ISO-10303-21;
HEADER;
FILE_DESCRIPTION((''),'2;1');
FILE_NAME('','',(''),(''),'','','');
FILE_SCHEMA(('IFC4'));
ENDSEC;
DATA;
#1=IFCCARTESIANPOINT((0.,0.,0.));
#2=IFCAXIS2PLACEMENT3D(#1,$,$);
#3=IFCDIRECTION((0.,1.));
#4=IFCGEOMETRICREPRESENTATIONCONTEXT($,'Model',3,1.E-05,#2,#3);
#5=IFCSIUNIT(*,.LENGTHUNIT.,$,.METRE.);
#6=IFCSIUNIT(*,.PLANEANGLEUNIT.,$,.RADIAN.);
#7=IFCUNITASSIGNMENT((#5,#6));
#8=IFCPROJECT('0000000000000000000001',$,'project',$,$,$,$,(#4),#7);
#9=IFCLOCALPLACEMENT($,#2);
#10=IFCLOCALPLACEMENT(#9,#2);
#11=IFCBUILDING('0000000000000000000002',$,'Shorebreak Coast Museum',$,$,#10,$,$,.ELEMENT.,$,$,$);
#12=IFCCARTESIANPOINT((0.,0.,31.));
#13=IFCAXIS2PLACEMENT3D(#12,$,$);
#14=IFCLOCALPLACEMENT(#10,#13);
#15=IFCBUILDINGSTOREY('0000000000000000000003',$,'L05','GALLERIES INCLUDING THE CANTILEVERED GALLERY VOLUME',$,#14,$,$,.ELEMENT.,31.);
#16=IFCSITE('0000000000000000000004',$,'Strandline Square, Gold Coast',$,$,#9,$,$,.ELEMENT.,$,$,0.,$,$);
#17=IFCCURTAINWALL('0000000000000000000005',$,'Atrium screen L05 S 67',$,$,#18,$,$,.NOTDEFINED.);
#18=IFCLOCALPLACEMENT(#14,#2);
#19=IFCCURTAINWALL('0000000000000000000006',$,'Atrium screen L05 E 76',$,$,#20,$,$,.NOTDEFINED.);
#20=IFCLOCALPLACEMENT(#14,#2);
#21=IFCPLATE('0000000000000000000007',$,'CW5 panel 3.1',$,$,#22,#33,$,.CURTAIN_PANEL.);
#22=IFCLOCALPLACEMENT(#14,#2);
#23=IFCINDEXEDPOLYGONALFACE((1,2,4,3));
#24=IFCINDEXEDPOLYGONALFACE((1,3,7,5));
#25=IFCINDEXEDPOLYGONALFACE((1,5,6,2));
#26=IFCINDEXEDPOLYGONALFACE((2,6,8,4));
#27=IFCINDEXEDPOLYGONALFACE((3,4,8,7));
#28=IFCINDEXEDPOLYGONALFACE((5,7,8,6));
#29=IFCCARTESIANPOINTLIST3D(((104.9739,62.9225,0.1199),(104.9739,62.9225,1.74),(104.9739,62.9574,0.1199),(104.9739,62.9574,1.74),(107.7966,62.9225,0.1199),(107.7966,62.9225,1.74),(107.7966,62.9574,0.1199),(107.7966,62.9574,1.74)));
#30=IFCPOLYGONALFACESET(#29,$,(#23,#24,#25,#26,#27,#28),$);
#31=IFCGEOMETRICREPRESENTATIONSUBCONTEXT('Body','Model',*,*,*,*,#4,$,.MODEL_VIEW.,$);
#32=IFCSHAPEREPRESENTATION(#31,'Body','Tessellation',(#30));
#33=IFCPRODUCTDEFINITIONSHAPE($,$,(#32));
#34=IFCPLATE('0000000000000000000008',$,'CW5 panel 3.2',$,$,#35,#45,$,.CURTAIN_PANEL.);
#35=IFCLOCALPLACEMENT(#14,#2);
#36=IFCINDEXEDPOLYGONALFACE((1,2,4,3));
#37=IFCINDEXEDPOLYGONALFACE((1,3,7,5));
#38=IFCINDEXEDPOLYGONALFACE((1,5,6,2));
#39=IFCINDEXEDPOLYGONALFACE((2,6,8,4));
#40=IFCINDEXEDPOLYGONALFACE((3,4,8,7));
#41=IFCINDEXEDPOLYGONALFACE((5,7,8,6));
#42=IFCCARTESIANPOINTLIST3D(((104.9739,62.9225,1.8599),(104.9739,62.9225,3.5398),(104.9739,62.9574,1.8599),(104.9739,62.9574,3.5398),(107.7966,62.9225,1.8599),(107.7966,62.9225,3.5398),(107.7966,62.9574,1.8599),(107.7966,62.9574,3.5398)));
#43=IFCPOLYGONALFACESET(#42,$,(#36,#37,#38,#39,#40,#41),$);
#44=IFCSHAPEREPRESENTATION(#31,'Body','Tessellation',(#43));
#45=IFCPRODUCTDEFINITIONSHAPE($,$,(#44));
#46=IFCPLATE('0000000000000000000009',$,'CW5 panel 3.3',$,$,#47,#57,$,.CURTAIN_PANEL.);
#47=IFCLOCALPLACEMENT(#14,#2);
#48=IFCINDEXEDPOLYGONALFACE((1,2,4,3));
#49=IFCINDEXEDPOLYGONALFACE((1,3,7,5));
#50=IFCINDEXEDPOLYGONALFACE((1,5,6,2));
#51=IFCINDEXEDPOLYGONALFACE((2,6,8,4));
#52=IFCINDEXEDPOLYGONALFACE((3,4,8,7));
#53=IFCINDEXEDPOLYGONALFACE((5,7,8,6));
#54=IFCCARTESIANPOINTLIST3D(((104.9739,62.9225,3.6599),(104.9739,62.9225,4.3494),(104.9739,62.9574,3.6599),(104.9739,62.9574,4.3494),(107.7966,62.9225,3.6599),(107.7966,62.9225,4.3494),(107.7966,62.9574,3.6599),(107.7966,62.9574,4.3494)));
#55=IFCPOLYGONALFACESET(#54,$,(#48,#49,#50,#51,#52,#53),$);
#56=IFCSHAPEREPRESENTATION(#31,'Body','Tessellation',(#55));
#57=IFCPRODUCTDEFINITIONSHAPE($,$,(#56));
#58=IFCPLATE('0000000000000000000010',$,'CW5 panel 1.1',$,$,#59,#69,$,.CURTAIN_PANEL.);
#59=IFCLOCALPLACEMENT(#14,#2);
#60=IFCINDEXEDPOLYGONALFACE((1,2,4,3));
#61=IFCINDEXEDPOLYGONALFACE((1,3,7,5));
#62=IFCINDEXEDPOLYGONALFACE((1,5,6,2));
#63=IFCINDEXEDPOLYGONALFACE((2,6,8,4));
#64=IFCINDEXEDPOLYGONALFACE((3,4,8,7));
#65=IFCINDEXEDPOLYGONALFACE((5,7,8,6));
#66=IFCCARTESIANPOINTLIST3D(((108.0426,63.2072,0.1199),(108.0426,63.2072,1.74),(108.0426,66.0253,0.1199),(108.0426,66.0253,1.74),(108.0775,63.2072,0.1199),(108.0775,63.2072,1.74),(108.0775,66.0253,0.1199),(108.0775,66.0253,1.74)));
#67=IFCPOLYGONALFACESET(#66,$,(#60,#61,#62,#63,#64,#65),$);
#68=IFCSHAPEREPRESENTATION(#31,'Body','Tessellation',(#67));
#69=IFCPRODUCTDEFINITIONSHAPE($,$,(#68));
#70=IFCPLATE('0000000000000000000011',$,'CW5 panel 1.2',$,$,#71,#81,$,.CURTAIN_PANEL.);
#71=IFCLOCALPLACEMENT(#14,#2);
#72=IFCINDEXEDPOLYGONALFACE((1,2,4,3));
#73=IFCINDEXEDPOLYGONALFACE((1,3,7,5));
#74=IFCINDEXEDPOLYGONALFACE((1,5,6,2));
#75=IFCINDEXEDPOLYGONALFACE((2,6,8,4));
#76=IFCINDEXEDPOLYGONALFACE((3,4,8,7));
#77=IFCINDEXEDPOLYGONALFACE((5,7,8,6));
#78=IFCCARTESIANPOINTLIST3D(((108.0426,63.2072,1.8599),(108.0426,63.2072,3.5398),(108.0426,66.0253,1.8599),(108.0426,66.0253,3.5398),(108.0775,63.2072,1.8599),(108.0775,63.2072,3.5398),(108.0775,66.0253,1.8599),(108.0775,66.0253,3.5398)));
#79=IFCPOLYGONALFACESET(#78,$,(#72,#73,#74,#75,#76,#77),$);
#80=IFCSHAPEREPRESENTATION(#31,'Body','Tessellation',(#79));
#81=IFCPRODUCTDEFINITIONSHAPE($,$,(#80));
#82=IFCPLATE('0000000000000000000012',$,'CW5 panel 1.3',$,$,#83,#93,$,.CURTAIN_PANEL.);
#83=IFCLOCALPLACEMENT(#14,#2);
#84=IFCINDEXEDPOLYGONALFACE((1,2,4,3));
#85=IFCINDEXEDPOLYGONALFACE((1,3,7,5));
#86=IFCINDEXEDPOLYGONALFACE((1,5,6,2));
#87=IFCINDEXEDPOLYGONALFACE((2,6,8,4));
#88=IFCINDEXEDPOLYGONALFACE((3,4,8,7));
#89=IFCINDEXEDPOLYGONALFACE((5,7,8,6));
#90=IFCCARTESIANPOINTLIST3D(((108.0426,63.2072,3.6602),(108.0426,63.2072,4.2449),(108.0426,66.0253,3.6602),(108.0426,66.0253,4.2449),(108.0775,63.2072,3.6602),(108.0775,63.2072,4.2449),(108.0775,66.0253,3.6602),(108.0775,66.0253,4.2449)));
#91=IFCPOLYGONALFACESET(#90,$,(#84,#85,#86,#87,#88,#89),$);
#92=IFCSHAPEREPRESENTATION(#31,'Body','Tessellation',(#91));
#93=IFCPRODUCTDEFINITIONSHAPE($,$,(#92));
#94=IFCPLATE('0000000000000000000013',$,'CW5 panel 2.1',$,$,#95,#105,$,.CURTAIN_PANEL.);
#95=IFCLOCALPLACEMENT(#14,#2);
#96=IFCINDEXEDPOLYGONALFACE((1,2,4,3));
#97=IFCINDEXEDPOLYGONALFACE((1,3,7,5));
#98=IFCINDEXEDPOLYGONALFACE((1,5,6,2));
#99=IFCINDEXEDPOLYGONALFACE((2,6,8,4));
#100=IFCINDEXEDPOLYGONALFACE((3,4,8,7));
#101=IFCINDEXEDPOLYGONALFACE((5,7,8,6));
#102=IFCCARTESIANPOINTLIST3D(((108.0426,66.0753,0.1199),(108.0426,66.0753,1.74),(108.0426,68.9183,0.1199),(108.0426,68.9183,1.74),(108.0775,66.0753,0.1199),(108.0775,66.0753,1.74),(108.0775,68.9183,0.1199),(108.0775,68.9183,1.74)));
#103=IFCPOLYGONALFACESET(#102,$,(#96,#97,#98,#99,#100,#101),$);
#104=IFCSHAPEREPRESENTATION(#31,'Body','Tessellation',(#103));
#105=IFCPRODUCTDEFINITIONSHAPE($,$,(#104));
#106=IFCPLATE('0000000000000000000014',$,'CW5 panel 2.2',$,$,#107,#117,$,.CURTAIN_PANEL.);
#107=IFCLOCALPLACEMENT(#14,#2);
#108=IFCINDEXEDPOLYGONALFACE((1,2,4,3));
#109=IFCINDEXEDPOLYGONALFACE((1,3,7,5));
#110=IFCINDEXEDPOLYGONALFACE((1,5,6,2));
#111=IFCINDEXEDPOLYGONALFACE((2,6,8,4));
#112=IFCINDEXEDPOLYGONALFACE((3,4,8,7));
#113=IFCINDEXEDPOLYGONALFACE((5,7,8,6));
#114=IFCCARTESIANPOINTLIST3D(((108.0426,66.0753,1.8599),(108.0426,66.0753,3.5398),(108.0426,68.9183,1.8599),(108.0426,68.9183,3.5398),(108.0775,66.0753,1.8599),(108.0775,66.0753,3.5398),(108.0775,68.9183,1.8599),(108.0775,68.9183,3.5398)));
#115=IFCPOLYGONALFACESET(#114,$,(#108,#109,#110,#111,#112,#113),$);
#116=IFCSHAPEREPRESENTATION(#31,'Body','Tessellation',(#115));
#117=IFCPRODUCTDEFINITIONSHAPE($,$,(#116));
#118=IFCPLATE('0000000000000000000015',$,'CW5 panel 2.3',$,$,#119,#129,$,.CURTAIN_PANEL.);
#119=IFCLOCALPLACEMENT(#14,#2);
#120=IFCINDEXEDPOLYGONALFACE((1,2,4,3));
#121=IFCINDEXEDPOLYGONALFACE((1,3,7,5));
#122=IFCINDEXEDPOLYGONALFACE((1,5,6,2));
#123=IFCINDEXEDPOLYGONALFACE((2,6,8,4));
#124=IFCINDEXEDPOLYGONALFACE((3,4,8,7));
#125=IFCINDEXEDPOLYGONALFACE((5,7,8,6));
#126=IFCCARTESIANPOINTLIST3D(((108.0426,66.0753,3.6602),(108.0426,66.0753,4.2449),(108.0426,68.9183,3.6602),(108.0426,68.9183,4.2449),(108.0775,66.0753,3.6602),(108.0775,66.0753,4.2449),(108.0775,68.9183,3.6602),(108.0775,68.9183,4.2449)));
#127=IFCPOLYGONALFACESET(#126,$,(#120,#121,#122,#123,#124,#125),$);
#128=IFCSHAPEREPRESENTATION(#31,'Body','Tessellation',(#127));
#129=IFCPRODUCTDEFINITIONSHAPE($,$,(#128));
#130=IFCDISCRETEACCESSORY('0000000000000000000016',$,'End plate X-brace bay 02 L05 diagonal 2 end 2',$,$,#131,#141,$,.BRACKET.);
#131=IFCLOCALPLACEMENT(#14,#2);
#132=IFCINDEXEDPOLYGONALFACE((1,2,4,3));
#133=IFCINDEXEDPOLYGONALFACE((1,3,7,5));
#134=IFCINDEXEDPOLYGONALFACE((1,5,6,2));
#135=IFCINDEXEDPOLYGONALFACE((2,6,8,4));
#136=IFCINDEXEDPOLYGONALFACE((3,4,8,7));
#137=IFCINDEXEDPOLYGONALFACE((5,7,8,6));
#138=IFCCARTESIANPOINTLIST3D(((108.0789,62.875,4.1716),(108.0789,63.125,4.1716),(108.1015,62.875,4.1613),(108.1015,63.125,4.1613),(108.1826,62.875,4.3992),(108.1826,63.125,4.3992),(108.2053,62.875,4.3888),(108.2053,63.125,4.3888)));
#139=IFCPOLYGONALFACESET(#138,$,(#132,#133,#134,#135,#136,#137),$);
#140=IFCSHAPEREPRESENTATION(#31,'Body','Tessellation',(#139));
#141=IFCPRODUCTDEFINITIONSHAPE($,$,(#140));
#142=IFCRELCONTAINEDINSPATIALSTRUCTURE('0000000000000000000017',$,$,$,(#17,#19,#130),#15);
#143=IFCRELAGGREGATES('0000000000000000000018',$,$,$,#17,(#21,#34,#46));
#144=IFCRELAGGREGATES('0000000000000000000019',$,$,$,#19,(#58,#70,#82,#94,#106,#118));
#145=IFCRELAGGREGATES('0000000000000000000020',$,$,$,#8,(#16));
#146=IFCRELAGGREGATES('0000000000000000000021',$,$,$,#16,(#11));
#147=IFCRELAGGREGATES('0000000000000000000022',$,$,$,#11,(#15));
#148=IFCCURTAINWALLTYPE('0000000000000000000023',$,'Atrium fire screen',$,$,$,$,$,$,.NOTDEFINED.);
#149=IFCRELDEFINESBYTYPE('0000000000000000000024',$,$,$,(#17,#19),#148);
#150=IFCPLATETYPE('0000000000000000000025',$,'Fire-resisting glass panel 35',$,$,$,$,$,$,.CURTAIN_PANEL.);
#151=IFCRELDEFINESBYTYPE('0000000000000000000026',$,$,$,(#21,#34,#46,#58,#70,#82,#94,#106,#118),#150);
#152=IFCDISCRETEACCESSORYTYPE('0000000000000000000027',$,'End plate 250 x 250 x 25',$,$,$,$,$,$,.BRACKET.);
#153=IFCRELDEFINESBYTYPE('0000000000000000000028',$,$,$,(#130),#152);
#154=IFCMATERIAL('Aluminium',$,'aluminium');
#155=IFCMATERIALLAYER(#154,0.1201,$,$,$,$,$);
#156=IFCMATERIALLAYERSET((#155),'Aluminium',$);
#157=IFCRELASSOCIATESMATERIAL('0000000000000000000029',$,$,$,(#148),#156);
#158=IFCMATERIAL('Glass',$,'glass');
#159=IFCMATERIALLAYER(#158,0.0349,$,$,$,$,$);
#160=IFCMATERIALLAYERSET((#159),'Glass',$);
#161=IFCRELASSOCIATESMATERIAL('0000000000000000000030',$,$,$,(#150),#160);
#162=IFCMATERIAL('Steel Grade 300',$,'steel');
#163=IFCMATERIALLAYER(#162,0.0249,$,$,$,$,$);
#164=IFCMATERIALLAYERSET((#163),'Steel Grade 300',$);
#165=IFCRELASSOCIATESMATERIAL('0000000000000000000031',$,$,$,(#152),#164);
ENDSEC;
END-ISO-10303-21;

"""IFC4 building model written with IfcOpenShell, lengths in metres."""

from ifc_helpers import new_model, si_unit, direction, frame, origin, origin_2d, place, context, subcontext, project, spatial, polyline, rectangle, outline, extrude, material, layer, layer_set, type_object, element, aggregate, save


model = new_model("IFC4")

# Units and contexts
model_context = context("Model", 3, precision=1e-05, world=origin(), true_north=direction((0.0, 1.0)))
body_context = subcontext(model_context, "Body", "Model", "MODEL_VIEW")
ifc_project = project(units=[si_unit("LENGTHUNIT", "METRE"), si_unit("PLANEANGLEUNIT", "RADIAN")], contexts=[model_context])

# Site, building, storey
site_placement = place(None, origin())
site = spatial("IfcSite", under=ifc_project, at=site_placement, Name="Strandline Square, Gold Coast", CompositionType="ELEMENT", RefElevation=0.0)
building_placement = place(site_placement, origin())
building = spatial("IfcBuilding", under=site, at=building_placement, Name="Shorebreak Coast Museum", CompositionType="ELEMENT")
storey_placement = place(building_placement, frame((0.0, 0.0, 31.0)))
storey = spatial("IfcBuildingStorey", under=building, at=storey_placement, Name="L05", Description="GALLERIES INCLUDING THE CANTILEVERED GALLERY VOLUME", CompositionType="ELEMENT", Elevation=31.0)

# Curtain wall
ifc_material_1 = material(Name="Aluminium", Category="aluminium")
ifc_layer_1 = layer(ifc_material_1, 0.1201)
ifc_layer_set_1 = layer_set([ifc_layer_1], Name="Aluminium")
curtain_wall_type = type_object("IfcCurtainWallType", Name="Atrium fire screen", PredefinedType="NOTDEFINED", material=ifc_layer_set_1)
curtain_wall_1_placement = place(storey_placement, origin())
curtain_wall_1 = element("IfcCurtainWall", 1, at=curtain_wall_1_placement, inside=storey, type_object=curtain_wall_type, Name="Atrium screen L05 S 67", PredefinedType="NOTDEFINED")

# Curtain wall
curtain_wall_2_placement = place(storey_placement, origin())
curtain_wall_2 = element("IfcCurtainWall", 2, at=curtain_wall_2_placement, inside=storey, type_object=curtain_wall_type, Name="Atrium screen L05 E 76", PredefinedType="NOTDEFINED")

# Plates
ifc_material_2 = material(Name="Glass", Category="glass")
ifc_layer_2 = layer(ifc_material_2, 0.0349)
ifc_layer_set_2 = layer_set([ifc_layer_2], Name="Glass")
plate_type = type_object("IfcPlateType", Name="Fire-resisting glass panel 35", PredefinedType="CURTAIN_PANEL", material=ifc_layer_set_2)
plate_1_placement = place(storey_placement, frame((106.3853, 62.9399, 0.1199), z_axis=(0.0, 0.0, 1.0), x_axis=(1.0, 0.0, 0.0)))
plate_1 = element("IfcPlate", 3, at=plate_1_placement, type_object=plate_type, Name="CW5 panel 3.1", PredefinedType="CURTAIN_PANEL", context=body_context, shape_type="SweptSolid", body=[
    extrude(rectangle(XDim=2.8228, YDim=0.0349, at=origin_2d()), origin(), (0.0, 0.0, 1.0), 1.6201),
])
plate_2_placement = place(storey_placement, frame((106.3853, 62.9399, 1.8599), z_axis=(0.0, 0.0, 1.0), x_axis=(1.0, 0.0, 0.0)))
plate_2 = element("IfcPlate", 4, at=plate_2_placement, type_object=plate_type, Name="CW5 panel 3.2", PredefinedType="CURTAIN_PANEL", context=body_context, shape_type="SweptSolid", body=[
    extrude(rectangle(XDim=2.8228, YDim=0.0349, at=origin_2d()), origin(), (0.0, 0.0, 1.0), 1.6799),
])
plate_3_placement = place(storey_placement, frame((106.3853, 62.9399, 3.6599), z_axis=(0.0, 0.0, 1.0), x_axis=(1.0, 0.0, 0.0)))
plate_3 = element("IfcPlate", 5, at=plate_3_placement, type_object=plate_type, Name="CW5 panel 3.3", PredefinedType="CURTAIN_PANEL", context=body_context, shape_type="SweptSolid", body=[
    extrude(rectangle(XDim=2.8228, YDim=0.0349, at=origin_2d()), origin(), (0.0, 0.0, 1.0), 0.6895),
])
aggregate(curtain_wall_1, [plate_1, plate_2, plate_3])
plate_4_placement = place(storey_placement, frame((108.0601, 64.6162, 0.1199), z_axis=(0.0, 0.0, 1.0), x_axis=(0.0, 1.0, 0.0)))
plate_4 = element("IfcPlate", 6, at=plate_4_placement, type_object=plate_type, Name="CW5 panel 1.1", PredefinedType="CURTAIN_PANEL", context=body_context, shape_type="SweptSolid", body=[
    extrude(rectangle(XDim=2.8181, YDim=0.0349, at=origin_2d()), origin(), (0.0, 0.0, 1.0), 1.6201),
])
plate_5_placement = place(storey_placement, frame((108.0601, 64.6162, 1.8599), z_axis=(0.0, 0.0, 1.0), x_axis=(0.0, 1.0, 0.0)))
plate_5 = element("IfcPlate", 7, at=plate_5_placement, type_object=plate_type, Name="CW5 panel 1.2", PredefinedType="CURTAIN_PANEL", context=body_context, shape_type="SweptSolid", body=[
    extrude(rectangle(XDim=2.8181, YDim=0.0349, at=origin_2d()), origin(), (0.0, 0.0, 1.0), 1.6799),
])
plate_6_placement = place(storey_placement, frame((108.0601, 64.6162, 3.6602), z_axis=(0.0, 0.0, 1.0), x_axis=(0.0, 1.0, 0.0)))
plate_6 = element("IfcPlate", 8, at=plate_6_placement, type_object=plate_type, Name="CW5 panel 1.3", PredefinedType="CURTAIN_PANEL", context=body_context, shape_type="SweptSolid", body=[
    extrude(rectangle(XDim=2.8181, YDim=0.0349, at=origin_2d()), origin(), (0.0, 0.0, 1.0), 0.5847),
])
plate_7_placement = place(storey_placement, frame((108.0601, 67.4968, 0.1199), z_axis=(0.0, 0.0, 1.0), x_axis=(0.0, 1.0, 0.0)))
plate_7 = element("IfcPlate", 9, at=plate_7_placement, type_object=plate_type, Name="CW5 panel 2.1", PredefinedType="CURTAIN_PANEL", context=body_context, shape_type="SweptSolid", body=[
    extrude(rectangle(XDim=2.843, YDim=0.0349, at=origin_2d()), origin(), (0.0, 0.0, 1.0), 1.6201),
])
plate_8_placement = place(storey_placement, frame((108.0601, 67.4968, 1.8599), z_axis=(0.0, 0.0, 1.0), x_axis=(0.0, 1.0, 0.0)))
plate_8 = element("IfcPlate", 10, at=plate_8_placement, type_object=plate_type, Name="CW5 panel 2.2", PredefinedType="CURTAIN_PANEL", context=body_context, shape_type="SweptSolid", body=[
    extrude(rectangle(XDim=2.843, YDim=0.0349, at=origin_2d()), origin(), (0.0, 0.0, 1.0), 1.6799),
])
plate_9_placement = place(storey_placement, frame((108.0601, 67.4968, 3.6602), z_axis=(0.0, 0.0, 1.0), x_axis=(0.0, 1.0, 0.0)))
plate_9 = element("IfcPlate", 11, at=plate_9_placement, type_object=plate_type, Name="CW5 panel 2.3", PredefinedType="CURTAIN_PANEL", context=body_context, shape_type="SweptSolid", body=[
    extrude(rectangle(XDim=2.843, YDim=0.0349, at=origin_2d()), origin(), (0.0, 0.0, 1.0), 0.5847),
])
aggregate(curtain_wall_2, [plate_4, plate_5, plate_6, plate_7, plate_8, plate_9])

# Discrete accessory
ifc_material_3 = material(Name="Steel Grade 300", Category="steel")
ifc_layer_3 = layer(ifc_material_3, 0.0249)
ifc_layer_set_3 = layer_set([ifc_layer_3], Name="Steel Grade 300")
discrete_accessory_type = type_object("IfcDiscreteAccessoryType", Name="End plate 250 x 250 x 25", PredefinedType="BRACKET", material=ifc_layer_set_3)
discrete_accessory_placement = place(storey_placement, frame((108.0789, 63.125, 4.1716), z_axis=(-0.909864, 0.0, 0.414906), x_axis=(0.0, -1.0, 0.0)))
element("IfcDiscreteAccessory", 12, at=discrete_accessory_placement, inside=storey, type_object=discrete_accessory_type, Name="End plate X-brace bay 02 L05 diagonal 2 end 2", PredefinedType="BRACKET", context=body_context, shape_type="SweptSolid", body=[
    extrude(outline(polyline([(0.0, 0.0), (0.25, 0.0), (0.25, 0.2501), (0.0, 0.2501), (0.0, 0.0)])), origin(), (0.0, 0.0, -1.0), 0.0249),
])

save(model, "model.ifc")
